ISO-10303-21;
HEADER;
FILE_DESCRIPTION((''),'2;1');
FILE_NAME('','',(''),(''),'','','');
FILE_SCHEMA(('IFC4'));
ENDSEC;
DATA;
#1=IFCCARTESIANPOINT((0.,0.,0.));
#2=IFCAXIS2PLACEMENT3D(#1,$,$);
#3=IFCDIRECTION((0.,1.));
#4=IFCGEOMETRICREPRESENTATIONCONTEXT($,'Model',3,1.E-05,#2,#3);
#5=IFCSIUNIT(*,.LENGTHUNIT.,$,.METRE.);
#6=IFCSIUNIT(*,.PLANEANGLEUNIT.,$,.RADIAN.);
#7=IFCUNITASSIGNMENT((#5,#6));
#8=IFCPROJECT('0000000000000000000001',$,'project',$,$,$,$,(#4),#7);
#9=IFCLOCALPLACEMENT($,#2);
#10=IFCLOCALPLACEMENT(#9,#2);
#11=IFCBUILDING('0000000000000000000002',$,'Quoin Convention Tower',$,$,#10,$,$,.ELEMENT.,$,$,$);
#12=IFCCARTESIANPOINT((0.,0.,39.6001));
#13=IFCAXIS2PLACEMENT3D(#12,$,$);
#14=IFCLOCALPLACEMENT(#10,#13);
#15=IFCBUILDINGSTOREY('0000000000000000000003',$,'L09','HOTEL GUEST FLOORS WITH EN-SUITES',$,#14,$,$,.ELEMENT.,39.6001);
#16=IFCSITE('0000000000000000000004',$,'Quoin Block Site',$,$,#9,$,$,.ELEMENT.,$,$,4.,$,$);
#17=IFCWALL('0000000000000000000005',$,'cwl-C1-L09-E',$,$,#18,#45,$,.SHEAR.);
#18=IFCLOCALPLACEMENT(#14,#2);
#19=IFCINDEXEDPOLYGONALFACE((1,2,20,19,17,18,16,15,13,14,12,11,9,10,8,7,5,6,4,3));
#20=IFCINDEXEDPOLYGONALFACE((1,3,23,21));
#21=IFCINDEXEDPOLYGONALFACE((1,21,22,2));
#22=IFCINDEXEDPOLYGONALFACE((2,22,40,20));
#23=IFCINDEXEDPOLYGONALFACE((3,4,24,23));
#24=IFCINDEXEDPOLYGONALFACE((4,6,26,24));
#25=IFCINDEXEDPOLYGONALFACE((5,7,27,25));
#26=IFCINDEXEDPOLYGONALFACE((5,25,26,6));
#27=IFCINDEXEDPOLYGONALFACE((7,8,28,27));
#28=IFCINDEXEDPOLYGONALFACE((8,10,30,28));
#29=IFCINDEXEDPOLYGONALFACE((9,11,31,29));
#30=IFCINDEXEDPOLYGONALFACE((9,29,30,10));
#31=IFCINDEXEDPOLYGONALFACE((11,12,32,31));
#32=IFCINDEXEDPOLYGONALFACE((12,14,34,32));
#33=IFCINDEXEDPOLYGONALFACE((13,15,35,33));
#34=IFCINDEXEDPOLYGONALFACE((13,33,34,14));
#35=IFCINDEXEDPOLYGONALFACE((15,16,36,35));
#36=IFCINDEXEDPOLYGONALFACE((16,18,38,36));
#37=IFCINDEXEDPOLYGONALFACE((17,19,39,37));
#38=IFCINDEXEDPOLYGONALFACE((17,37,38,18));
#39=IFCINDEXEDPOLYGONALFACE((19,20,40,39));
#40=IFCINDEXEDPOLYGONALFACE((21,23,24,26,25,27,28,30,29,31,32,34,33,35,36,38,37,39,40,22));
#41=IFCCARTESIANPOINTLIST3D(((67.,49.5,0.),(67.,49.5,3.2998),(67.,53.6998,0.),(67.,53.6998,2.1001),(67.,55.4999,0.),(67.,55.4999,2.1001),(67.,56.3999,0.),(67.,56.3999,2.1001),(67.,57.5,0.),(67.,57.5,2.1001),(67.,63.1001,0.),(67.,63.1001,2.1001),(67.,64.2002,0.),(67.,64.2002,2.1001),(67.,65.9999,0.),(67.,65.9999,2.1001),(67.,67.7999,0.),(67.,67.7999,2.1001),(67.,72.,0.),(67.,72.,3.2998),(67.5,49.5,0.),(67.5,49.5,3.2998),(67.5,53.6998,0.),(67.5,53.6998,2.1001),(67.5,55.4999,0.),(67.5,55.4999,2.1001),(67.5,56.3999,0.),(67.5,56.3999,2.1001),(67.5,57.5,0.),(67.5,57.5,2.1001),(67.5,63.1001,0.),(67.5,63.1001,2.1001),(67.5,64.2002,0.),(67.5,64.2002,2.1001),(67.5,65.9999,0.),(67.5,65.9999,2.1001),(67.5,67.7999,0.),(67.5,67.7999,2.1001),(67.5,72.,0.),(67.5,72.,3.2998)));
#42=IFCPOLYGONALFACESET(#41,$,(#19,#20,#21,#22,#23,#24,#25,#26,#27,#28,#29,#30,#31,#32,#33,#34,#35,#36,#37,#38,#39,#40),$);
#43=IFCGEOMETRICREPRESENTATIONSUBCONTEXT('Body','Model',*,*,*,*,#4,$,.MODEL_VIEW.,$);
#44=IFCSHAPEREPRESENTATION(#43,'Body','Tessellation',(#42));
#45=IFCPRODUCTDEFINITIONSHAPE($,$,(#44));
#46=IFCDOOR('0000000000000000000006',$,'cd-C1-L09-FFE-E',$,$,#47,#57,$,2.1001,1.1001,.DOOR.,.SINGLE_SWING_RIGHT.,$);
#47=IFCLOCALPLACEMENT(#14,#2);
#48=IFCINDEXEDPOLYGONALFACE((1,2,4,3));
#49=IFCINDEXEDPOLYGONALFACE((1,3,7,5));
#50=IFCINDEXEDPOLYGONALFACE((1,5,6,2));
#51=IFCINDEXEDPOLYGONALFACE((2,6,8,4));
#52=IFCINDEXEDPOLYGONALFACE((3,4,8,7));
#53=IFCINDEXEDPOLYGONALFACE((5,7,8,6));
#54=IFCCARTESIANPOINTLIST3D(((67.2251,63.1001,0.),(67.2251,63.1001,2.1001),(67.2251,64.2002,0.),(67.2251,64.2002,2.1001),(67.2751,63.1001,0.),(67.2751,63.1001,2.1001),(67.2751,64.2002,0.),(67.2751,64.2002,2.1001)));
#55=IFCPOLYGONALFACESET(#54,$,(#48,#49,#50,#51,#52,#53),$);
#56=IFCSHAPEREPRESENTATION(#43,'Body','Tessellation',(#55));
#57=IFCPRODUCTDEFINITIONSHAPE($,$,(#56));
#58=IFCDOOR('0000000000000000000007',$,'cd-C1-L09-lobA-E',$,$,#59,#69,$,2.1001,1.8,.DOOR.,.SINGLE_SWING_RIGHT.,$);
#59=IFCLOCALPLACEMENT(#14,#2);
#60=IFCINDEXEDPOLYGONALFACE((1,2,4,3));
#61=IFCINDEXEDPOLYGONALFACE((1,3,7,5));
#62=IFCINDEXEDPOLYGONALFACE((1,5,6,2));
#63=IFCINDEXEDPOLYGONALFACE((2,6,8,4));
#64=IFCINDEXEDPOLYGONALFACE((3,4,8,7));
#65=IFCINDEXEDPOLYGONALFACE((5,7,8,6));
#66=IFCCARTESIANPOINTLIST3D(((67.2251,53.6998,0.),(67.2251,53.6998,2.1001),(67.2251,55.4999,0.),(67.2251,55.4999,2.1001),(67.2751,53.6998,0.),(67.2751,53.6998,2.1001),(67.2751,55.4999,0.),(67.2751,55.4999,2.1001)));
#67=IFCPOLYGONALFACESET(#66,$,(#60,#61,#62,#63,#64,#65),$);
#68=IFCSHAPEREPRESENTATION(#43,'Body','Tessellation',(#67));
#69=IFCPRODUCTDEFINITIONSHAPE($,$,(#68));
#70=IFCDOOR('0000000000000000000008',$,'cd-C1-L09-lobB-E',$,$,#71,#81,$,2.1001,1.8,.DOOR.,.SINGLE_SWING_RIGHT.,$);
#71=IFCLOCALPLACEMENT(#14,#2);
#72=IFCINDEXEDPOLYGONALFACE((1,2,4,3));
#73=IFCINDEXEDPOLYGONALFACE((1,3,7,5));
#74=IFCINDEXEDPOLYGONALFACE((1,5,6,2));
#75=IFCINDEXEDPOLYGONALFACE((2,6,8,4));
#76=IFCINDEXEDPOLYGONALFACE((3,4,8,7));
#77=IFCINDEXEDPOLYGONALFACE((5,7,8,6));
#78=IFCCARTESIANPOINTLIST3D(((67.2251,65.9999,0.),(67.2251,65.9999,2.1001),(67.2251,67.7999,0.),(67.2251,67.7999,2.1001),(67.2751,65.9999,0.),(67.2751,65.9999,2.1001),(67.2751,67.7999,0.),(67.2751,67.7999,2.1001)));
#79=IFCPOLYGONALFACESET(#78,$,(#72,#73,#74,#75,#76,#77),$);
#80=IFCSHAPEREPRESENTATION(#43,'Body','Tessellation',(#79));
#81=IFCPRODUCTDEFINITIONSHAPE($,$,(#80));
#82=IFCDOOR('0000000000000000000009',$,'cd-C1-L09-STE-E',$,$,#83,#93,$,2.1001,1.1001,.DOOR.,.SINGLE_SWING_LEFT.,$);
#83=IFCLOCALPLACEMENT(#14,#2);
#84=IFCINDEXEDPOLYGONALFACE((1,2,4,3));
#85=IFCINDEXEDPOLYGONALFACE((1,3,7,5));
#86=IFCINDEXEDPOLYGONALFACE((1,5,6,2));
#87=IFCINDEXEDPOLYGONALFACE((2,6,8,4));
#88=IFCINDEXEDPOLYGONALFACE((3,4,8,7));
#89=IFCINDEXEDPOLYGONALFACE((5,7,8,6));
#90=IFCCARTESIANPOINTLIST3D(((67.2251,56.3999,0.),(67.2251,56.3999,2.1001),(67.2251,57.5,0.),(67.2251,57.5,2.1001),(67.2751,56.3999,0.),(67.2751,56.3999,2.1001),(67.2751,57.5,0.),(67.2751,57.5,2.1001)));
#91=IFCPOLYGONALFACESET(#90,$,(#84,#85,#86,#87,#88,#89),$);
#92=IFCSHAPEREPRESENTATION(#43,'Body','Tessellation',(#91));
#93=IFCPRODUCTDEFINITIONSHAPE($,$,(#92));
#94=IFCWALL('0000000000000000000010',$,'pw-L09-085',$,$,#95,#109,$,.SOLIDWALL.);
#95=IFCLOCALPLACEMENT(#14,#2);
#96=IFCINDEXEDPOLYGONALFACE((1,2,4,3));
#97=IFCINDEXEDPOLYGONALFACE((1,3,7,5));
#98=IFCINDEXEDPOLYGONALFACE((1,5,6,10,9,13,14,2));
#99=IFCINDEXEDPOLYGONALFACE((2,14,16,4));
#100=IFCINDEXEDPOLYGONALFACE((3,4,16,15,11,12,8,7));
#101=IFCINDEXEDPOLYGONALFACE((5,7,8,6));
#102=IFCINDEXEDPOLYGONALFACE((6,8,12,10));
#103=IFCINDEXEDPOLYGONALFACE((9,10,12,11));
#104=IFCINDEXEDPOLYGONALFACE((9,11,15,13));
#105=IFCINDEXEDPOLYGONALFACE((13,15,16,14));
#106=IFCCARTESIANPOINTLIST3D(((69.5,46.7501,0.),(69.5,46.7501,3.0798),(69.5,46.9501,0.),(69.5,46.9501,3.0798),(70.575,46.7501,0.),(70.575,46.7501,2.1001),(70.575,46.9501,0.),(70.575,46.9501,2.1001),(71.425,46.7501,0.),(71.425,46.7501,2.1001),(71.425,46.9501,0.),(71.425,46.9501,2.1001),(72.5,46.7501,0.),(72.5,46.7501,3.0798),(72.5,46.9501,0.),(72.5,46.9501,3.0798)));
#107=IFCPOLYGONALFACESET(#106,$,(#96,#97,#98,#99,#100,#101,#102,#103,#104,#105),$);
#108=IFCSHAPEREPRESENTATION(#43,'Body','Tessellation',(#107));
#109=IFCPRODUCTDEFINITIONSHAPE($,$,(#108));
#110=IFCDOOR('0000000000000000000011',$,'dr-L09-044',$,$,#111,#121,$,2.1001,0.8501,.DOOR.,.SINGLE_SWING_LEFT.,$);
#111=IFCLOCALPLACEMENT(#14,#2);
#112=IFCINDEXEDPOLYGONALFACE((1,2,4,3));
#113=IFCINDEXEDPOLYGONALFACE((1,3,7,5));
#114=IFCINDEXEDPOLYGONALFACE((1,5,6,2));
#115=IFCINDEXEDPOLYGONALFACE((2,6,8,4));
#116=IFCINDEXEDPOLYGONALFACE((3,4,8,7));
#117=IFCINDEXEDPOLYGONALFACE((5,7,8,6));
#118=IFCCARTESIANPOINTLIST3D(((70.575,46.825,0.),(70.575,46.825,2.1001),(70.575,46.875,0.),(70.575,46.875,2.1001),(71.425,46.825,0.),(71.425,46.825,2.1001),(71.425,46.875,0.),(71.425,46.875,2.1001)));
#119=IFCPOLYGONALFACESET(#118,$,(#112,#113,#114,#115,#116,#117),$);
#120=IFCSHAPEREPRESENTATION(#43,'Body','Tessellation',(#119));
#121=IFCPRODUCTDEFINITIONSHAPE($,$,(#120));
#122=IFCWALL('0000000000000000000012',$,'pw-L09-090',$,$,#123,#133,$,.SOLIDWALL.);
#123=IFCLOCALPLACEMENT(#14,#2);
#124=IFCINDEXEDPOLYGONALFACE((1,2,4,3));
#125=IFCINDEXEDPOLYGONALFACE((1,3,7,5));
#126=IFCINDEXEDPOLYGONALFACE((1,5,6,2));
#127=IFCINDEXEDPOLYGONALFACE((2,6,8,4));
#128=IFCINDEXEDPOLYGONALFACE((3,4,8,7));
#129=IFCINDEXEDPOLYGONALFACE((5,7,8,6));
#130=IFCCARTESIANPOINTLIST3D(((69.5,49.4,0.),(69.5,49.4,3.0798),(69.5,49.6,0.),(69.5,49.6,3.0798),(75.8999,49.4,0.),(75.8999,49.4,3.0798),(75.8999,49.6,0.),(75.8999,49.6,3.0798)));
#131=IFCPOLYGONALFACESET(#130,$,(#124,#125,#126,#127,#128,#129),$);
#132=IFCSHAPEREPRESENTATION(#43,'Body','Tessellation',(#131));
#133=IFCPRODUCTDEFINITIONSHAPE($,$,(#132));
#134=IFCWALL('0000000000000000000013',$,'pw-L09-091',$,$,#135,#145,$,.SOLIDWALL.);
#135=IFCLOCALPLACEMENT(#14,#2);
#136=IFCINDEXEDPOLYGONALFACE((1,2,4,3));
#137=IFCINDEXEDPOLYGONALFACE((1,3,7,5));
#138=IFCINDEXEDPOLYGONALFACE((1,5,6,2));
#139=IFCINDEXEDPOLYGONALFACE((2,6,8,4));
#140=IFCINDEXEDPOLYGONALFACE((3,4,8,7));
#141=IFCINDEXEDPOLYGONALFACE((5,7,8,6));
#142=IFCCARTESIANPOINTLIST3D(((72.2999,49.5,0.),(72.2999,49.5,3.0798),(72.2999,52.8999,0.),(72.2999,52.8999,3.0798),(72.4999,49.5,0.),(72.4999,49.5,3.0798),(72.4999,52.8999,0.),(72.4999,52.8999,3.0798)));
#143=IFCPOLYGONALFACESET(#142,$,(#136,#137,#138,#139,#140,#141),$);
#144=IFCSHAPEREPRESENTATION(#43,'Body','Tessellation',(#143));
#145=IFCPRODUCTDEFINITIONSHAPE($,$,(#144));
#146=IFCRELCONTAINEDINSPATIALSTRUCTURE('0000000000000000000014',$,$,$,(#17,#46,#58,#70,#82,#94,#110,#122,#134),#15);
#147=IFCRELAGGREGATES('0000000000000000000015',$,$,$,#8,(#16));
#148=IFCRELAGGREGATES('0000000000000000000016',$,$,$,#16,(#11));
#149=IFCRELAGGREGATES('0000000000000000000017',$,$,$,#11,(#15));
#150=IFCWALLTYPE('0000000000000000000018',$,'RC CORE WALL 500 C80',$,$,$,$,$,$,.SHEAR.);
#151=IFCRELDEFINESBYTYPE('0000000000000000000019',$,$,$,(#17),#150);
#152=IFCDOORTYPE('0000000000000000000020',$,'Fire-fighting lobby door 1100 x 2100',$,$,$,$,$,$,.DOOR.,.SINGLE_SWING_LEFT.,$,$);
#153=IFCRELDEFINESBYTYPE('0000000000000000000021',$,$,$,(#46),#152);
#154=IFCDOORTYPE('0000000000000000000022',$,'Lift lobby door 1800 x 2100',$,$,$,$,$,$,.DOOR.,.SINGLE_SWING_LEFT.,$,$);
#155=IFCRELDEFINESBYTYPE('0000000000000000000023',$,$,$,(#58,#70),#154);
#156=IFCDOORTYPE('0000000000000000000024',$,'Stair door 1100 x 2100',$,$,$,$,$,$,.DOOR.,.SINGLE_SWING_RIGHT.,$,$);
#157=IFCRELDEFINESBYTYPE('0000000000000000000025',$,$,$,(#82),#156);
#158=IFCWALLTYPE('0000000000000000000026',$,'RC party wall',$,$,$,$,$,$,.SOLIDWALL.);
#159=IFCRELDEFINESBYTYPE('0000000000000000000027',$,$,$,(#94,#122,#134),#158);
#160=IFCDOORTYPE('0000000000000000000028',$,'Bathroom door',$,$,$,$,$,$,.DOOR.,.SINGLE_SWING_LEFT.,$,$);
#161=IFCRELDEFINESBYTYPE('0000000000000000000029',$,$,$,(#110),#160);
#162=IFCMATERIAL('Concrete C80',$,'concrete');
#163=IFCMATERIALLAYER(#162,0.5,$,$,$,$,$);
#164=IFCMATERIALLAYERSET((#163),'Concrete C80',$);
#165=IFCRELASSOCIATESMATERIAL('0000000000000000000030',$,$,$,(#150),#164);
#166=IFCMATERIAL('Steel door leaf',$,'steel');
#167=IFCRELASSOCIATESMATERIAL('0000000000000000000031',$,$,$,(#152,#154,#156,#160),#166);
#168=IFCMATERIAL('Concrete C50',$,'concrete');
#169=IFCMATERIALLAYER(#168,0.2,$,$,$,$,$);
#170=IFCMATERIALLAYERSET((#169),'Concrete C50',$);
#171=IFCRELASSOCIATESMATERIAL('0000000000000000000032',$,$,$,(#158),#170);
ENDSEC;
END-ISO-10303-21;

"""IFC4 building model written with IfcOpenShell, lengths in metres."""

from ifc_helpers import new_model, si_unit, direction, frame, frame_2d, origin, place, context, subcontext, project, spatial, rectangle, extrude, material, layer, layer_set, type_object, element, fill, save


model = new_model("IFC4")

# Units and contexts
model_context = context("Model", 3, precision=1e-05, world=origin(), true_north=direction((0.0, 1.0)))
body_context = subcontext(model_context, "Body", "Model", "MODEL_VIEW")
ifc_project = project(units=[si_unit("LENGTHUNIT", "METRE"), si_unit("PLANEANGLEUNIT", "RADIAN")], contexts=[model_context])

# Site, building, storey
site_placement = place(None, origin())
site = spatial("IfcSite", under=ifc_project, at=site_placement, Name="Quoin Block Site", CompositionType="ELEMENT", RefElevation=4.0)
building_placement = place(site_placement, origin())
building = spatial("IfcBuilding", under=site, at=building_placement, Name="Quoin Convention Tower", CompositionType="ELEMENT")
storey_placement = place(building_placement, frame((0.0, 0.0, 39.6001)))
storey = spatial("IfcBuildingStorey", under=building, at=storey_placement, Name="L09", Description="HOTEL GUEST FLOORS WITH EN-SUITES", CompositionType="ELEMENT", Elevation=39.6001)

# Shared definitions
ifc_material_1 = material(Name="Concrete C80", Category="concrete")

# Shared definitions
ifc_material_2 = material(Name="Steel door leaf", Category="steel")

# Shared definitions
ifc_material_3 = material(Name="Concrete C50", Category="concrete")

# Wall, openings, doors
ifc_layer_1 = layer(ifc_material_1, 0.5)
ifc_layer_set_1 = layer_set([ifc_layer_1], Name="Concrete C80")
wall_type_1 = type_object("IfcWallType", Name="RC CORE WALL 500 C80", PredefinedType="SHEAR", material=ifc_layer_set_1)
wall_1_placement = place(storey_placement, frame((67.25, 49.5, 0.0), z_axis=(0.0, 0.0, 1.0), x_axis=(0.0, 1.0, 0.0)))
wall_1 = element("IfcWall", 1, at=wall_1_placement, inside=storey, type_object=wall_type_1, Name="cwl-C1-L09-E", PredefinedType="SHEAR", context=body_context, shape_type="SweptSolid", body=[
    extrude(rectangle(XDim=22.5, YDim=0.5, at=frame_2d((11.25, 0.0))), origin(), (0.0, 0.0, 1.0), 3.2998),
])
opening_1_placement = place(wall_1_placement, frame((4.2, 0.0, 0.0)))
opening_1 = element("IfcOpeningElement", 2, at=opening_1_placement, cuts=wall_1, PredefinedType="OPENING", context=body_context, shape_type="SweptSolid", body=[
    extrude(rectangle(XDim=1.8, YDim=2.1001, at=frame_2d((0.8999, 1.05))), frame((0.0, 0.26, 0.0), z_axis=(0.0, -1.0, 0.0), x_axis=(1.0, 0.0, 0.0)), (0.0, 0.0, 1.0), 0.52),
])
opening_2_placement = place(wall_1_placement, frame((6.8999, 0.0, 0.0)))
opening_2 = element("IfcOpeningElement", 3, at=opening_2_placement, cuts=wall_1, PredefinedType="OPENING", context=body_context, shape_type="SweptSolid", body=[
    extrude(rectangle(XDim=1.1001, YDim=2.1001, at=frame_2d((0.55, 1.05))), frame((0.0, 0.26, 0.0), z_axis=(0.0, -1.0, 0.0), x_axis=(1.0, 0.0, 0.0)), (0.0, 0.0, 1.0), 0.52),
])
opening_3_placement = place(wall_1_placement, frame((13.6001, 0.0, 0.0)))
opening_3 = element("IfcOpeningElement", 4, at=opening_3_placement, cuts=wall_1, PredefinedType="OPENING", context=body_context, shape_type="SweptSolid", body=[
    extrude(rectangle(XDim=1.1001, YDim=2.1001, at=frame_2d((0.55, 1.05))), frame((0.0, 0.26, 0.0), z_axis=(0.0, -1.0, 0.0), x_axis=(1.0, 0.0, 0.0)), (0.0, 0.0, 1.0), 0.52),
])
opening_4_placement = place(wall_1_placement, frame((16.5, 0.0, 0.0)))
opening_4 = element("IfcOpeningElement", 5, at=opening_4_placement, cuts=wall_1, PredefinedType="OPENING", context=body_context, shape_type="SweptSolid", body=[
    extrude(rectangle(XDim=1.8, YDim=2.1001, at=frame_2d((0.8999, 1.05))), frame((0.0, 0.26, 0.0), z_axis=(0.0, -1.0, 0.0), x_axis=(1.0, 0.0, 0.0)), (0.0, 0.0, 1.0), 0.52),
])
door_type_1 = type_object("IfcDoorType", Name="Fire-fighting lobby door 1100 x 2100", OperationType="SINGLE_SWING_LEFT", PredefinedType="DOOR", material=ifc_material_2)
door_1_placement = place(opening_3_placement, origin())
door_1 = element("IfcDoor", 6, at=door_1_placement, inside=storey, type_object=door_type_1, Name="cd-C1-L09-FFE-E", OperationType="SINGLE_SWING_RIGHT", OverallHeight=2.1001, OverallWidth=1.1001, PredefinedType="DOOR", context=body_context, shape_type="SweptSolid", body=[
    extrude(rectangle(XDim=1.1001, YDim=2.1001, at=frame_2d((0.55, 1.05))), frame((0.0, 0.0249, 0.0), z_axis=(0.0, -1.0, 0.0), x_axis=(1.0, 0.0, 0.0)), (0.0, 0.0, 1.0), 0.05),
])
fill(opening_3, door_1)
door_type_2 = type_object("IfcDoorType", Name="Lift lobby door 1800 x 2100", OperationType="SINGLE_SWING_LEFT", PredefinedType="DOOR", material=ifc_material_2)
door_2_placement = place(opening_1_placement, origin())
door_2 = element("IfcDoor", 7, at=door_2_placement, inside=storey, type_object=door_type_2, Name="cd-C1-L09-lobA-E", OperationType="SINGLE_SWING_RIGHT", OverallHeight=2.1001, OverallWidth=1.8, PredefinedType="DOOR", context=body_context, shape_type="SweptSolid", body=[
    extrude(rectangle(XDim=1.8, YDim=2.1001, at=frame_2d((0.8999, 1.05))), frame((0.0, 0.0249, 0.0), z_axis=(0.0, -1.0, 0.0), x_axis=(1.0, 0.0, 0.0)), (0.0, 0.0, 1.0), 0.05),
])
fill(opening_1, door_2)
door_3_placement = place(opening_4_placement, origin())
door_3 = element("IfcDoor", 8, at=door_3_placement, inside=storey, type_object=door_type_2, Name="cd-C1-L09-lobB-E", OperationType="SINGLE_SWING_RIGHT", OverallHeight=2.1001, OverallWidth=1.8, PredefinedType="DOOR", context=body_context, shape_type="SweptSolid", body=[
    extrude(rectangle(XDim=1.8, YDim=2.1001, at=frame_2d((0.8999, 1.05))), frame((0.0, 0.0249, 0.0), z_axis=(0.0, -1.0, 0.0), x_axis=(1.0, 0.0, 0.0)), (0.0, 0.0, 1.0), 0.05),
])
fill(opening_4, door_3)
door_type_3 = type_object("IfcDoorType", Name="Stair door 1100 x 2100", OperationType="SINGLE_SWING_RIGHT", PredefinedType="DOOR", material=ifc_material_2)
door_4_placement = place(opening_2_placement, origin())
door_4 = element("IfcDoor", 9, at=door_4_placement, inside=storey, type_object=door_type_3, Name="cd-C1-L09-STE-E", OperationType="SINGLE_SWING_LEFT", OverallHeight=2.1001, OverallWidth=1.1001, PredefinedType="DOOR", context=body_context, shape_type="SweptSolid", body=[
    extrude(rectangle(XDim=1.1001, YDim=2.1001, at=frame_2d((0.55, 1.05))), frame((0.0, 0.0249, 0.0), z_axis=(0.0, -1.0, 0.0), x_axis=(1.0, 0.0, 0.0)), (0.0, 0.0, 1.0), 0.05),
])
fill(opening_2, door_4)

# Wall, opening, door
ifc_layer_2 = layer(ifc_material_3, 0.2)
ifc_layer_set_2 = layer_set([ifc_layer_2], Name="Concrete C50")
wall_type_2 = type_object("IfcWallType", Name="RC party wall", PredefinedType="SOLIDWALL", material=ifc_layer_set_2)
wall_2_placement = place(storey_placement, frame((69.5, 46.8501, 0.0), z_axis=(0.0, 0.0, 1.0), x_axis=(1.0, 0.0, 0.0)))
wall_2 = element("IfcWall", 10, at=wall_2_placement, inside=storey, type_object=wall_type_2, Name="pw-L09-085", PredefinedType="SOLIDWALL", context=body_context, shape_type="SweptSolid", body=[
    extrude(rectangle(XDim=3.0, YDim=0.2, at=frame_2d((1.5, 0.0))), origin(), (0.0, 0.0, 1.0), 3.0798),
])
opening_5_placement = place(wall_2_placement, frame((1.075, 0.0, 0.0)))
opening_5 = element("IfcOpeningElement", 11, at=opening_5_placement, cuts=wall_2, PredefinedType="OPENING", context=body_context, shape_type="SweptSolid", body=[
    extrude(rectangle(XDim=0.8501, YDim=2.1001, at=frame_2d((0.425, 1.05))), frame((0.0, 0.1099, 0.0), z_axis=(0.0, -1.0, 0.0), x_axis=(1.0, 0.0, 0.0)), (0.0, 0.0, 1.0), 0.22),
])
door_type_4 = type_object("IfcDoorType", Name="Bathroom door", OperationType="SINGLE_SWING_LEFT", PredefinedType="DOOR", material=ifc_material_2)
door_5_placement = place(opening_5_placement, origin())
door_5 = element("IfcDoor", 12, at=door_5_placement, inside=storey, type_object=door_type_4, Name="dr-L09-044", OperationType="SINGLE_SWING_LEFT", OverallHeight=2.1001, OverallWidth=0.8501, PredefinedType="DOOR", context=body_context, shape_type="SweptSolid", body=[
    extrude(rectangle(XDim=0.8501, YDim=2.1001, at=frame_2d((0.425, 1.05))), frame((0.0, 0.0249, 0.0), z_axis=(0.0, -1.0, 0.0), x_axis=(1.0, 0.0, 0.0)), (0.0, 0.0, 1.0), 0.05),
])
fill(opening_5, door_5)

# Walls
wall_3_placement = place(storey_placement, frame((69.5, 49.5, 0.0), z_axis=(0.0, 0.0, 1.0), x_axis=(1.0, 0.0, 0.0)))
element("IfcWall", 13, at=wall_3_placement, inside=storey, type_object=wall_type_2, Name="pw-L09-090", PredefinedType="SOLIDWALL", context=body_context, shape_type="SweptSolid", body=[
    extrude(rectangle(XDim=6.3999, YDim=0.2, at=frame_2d((3.2, 0.0))), origin(), (0.0, 0.0, 1.0), 3.0798),
])
wall_4_placement = place(storey_placement, frame((72.3999, 49.5, 0.0), z_axis=(0.0, 0.0, 1.0), x_axis=(0.0, 1.0, 0.0)))
element("IfcWall", 14, at=wall_4_placement, inside=storey, type_object=wall_type_2, Name="pw-L09-091", PredefinedType="SOLIDWALL", context=body_context, shape_type="SweptSolid", body=[
    extrude(rectangle(XDim=3.3999, YDim=0.2, at=frame_2d((1.7, 0.0))), origin(), (0.0, 0.0, 1.0), 3.0798),
])

save(model, "model.ifc")
